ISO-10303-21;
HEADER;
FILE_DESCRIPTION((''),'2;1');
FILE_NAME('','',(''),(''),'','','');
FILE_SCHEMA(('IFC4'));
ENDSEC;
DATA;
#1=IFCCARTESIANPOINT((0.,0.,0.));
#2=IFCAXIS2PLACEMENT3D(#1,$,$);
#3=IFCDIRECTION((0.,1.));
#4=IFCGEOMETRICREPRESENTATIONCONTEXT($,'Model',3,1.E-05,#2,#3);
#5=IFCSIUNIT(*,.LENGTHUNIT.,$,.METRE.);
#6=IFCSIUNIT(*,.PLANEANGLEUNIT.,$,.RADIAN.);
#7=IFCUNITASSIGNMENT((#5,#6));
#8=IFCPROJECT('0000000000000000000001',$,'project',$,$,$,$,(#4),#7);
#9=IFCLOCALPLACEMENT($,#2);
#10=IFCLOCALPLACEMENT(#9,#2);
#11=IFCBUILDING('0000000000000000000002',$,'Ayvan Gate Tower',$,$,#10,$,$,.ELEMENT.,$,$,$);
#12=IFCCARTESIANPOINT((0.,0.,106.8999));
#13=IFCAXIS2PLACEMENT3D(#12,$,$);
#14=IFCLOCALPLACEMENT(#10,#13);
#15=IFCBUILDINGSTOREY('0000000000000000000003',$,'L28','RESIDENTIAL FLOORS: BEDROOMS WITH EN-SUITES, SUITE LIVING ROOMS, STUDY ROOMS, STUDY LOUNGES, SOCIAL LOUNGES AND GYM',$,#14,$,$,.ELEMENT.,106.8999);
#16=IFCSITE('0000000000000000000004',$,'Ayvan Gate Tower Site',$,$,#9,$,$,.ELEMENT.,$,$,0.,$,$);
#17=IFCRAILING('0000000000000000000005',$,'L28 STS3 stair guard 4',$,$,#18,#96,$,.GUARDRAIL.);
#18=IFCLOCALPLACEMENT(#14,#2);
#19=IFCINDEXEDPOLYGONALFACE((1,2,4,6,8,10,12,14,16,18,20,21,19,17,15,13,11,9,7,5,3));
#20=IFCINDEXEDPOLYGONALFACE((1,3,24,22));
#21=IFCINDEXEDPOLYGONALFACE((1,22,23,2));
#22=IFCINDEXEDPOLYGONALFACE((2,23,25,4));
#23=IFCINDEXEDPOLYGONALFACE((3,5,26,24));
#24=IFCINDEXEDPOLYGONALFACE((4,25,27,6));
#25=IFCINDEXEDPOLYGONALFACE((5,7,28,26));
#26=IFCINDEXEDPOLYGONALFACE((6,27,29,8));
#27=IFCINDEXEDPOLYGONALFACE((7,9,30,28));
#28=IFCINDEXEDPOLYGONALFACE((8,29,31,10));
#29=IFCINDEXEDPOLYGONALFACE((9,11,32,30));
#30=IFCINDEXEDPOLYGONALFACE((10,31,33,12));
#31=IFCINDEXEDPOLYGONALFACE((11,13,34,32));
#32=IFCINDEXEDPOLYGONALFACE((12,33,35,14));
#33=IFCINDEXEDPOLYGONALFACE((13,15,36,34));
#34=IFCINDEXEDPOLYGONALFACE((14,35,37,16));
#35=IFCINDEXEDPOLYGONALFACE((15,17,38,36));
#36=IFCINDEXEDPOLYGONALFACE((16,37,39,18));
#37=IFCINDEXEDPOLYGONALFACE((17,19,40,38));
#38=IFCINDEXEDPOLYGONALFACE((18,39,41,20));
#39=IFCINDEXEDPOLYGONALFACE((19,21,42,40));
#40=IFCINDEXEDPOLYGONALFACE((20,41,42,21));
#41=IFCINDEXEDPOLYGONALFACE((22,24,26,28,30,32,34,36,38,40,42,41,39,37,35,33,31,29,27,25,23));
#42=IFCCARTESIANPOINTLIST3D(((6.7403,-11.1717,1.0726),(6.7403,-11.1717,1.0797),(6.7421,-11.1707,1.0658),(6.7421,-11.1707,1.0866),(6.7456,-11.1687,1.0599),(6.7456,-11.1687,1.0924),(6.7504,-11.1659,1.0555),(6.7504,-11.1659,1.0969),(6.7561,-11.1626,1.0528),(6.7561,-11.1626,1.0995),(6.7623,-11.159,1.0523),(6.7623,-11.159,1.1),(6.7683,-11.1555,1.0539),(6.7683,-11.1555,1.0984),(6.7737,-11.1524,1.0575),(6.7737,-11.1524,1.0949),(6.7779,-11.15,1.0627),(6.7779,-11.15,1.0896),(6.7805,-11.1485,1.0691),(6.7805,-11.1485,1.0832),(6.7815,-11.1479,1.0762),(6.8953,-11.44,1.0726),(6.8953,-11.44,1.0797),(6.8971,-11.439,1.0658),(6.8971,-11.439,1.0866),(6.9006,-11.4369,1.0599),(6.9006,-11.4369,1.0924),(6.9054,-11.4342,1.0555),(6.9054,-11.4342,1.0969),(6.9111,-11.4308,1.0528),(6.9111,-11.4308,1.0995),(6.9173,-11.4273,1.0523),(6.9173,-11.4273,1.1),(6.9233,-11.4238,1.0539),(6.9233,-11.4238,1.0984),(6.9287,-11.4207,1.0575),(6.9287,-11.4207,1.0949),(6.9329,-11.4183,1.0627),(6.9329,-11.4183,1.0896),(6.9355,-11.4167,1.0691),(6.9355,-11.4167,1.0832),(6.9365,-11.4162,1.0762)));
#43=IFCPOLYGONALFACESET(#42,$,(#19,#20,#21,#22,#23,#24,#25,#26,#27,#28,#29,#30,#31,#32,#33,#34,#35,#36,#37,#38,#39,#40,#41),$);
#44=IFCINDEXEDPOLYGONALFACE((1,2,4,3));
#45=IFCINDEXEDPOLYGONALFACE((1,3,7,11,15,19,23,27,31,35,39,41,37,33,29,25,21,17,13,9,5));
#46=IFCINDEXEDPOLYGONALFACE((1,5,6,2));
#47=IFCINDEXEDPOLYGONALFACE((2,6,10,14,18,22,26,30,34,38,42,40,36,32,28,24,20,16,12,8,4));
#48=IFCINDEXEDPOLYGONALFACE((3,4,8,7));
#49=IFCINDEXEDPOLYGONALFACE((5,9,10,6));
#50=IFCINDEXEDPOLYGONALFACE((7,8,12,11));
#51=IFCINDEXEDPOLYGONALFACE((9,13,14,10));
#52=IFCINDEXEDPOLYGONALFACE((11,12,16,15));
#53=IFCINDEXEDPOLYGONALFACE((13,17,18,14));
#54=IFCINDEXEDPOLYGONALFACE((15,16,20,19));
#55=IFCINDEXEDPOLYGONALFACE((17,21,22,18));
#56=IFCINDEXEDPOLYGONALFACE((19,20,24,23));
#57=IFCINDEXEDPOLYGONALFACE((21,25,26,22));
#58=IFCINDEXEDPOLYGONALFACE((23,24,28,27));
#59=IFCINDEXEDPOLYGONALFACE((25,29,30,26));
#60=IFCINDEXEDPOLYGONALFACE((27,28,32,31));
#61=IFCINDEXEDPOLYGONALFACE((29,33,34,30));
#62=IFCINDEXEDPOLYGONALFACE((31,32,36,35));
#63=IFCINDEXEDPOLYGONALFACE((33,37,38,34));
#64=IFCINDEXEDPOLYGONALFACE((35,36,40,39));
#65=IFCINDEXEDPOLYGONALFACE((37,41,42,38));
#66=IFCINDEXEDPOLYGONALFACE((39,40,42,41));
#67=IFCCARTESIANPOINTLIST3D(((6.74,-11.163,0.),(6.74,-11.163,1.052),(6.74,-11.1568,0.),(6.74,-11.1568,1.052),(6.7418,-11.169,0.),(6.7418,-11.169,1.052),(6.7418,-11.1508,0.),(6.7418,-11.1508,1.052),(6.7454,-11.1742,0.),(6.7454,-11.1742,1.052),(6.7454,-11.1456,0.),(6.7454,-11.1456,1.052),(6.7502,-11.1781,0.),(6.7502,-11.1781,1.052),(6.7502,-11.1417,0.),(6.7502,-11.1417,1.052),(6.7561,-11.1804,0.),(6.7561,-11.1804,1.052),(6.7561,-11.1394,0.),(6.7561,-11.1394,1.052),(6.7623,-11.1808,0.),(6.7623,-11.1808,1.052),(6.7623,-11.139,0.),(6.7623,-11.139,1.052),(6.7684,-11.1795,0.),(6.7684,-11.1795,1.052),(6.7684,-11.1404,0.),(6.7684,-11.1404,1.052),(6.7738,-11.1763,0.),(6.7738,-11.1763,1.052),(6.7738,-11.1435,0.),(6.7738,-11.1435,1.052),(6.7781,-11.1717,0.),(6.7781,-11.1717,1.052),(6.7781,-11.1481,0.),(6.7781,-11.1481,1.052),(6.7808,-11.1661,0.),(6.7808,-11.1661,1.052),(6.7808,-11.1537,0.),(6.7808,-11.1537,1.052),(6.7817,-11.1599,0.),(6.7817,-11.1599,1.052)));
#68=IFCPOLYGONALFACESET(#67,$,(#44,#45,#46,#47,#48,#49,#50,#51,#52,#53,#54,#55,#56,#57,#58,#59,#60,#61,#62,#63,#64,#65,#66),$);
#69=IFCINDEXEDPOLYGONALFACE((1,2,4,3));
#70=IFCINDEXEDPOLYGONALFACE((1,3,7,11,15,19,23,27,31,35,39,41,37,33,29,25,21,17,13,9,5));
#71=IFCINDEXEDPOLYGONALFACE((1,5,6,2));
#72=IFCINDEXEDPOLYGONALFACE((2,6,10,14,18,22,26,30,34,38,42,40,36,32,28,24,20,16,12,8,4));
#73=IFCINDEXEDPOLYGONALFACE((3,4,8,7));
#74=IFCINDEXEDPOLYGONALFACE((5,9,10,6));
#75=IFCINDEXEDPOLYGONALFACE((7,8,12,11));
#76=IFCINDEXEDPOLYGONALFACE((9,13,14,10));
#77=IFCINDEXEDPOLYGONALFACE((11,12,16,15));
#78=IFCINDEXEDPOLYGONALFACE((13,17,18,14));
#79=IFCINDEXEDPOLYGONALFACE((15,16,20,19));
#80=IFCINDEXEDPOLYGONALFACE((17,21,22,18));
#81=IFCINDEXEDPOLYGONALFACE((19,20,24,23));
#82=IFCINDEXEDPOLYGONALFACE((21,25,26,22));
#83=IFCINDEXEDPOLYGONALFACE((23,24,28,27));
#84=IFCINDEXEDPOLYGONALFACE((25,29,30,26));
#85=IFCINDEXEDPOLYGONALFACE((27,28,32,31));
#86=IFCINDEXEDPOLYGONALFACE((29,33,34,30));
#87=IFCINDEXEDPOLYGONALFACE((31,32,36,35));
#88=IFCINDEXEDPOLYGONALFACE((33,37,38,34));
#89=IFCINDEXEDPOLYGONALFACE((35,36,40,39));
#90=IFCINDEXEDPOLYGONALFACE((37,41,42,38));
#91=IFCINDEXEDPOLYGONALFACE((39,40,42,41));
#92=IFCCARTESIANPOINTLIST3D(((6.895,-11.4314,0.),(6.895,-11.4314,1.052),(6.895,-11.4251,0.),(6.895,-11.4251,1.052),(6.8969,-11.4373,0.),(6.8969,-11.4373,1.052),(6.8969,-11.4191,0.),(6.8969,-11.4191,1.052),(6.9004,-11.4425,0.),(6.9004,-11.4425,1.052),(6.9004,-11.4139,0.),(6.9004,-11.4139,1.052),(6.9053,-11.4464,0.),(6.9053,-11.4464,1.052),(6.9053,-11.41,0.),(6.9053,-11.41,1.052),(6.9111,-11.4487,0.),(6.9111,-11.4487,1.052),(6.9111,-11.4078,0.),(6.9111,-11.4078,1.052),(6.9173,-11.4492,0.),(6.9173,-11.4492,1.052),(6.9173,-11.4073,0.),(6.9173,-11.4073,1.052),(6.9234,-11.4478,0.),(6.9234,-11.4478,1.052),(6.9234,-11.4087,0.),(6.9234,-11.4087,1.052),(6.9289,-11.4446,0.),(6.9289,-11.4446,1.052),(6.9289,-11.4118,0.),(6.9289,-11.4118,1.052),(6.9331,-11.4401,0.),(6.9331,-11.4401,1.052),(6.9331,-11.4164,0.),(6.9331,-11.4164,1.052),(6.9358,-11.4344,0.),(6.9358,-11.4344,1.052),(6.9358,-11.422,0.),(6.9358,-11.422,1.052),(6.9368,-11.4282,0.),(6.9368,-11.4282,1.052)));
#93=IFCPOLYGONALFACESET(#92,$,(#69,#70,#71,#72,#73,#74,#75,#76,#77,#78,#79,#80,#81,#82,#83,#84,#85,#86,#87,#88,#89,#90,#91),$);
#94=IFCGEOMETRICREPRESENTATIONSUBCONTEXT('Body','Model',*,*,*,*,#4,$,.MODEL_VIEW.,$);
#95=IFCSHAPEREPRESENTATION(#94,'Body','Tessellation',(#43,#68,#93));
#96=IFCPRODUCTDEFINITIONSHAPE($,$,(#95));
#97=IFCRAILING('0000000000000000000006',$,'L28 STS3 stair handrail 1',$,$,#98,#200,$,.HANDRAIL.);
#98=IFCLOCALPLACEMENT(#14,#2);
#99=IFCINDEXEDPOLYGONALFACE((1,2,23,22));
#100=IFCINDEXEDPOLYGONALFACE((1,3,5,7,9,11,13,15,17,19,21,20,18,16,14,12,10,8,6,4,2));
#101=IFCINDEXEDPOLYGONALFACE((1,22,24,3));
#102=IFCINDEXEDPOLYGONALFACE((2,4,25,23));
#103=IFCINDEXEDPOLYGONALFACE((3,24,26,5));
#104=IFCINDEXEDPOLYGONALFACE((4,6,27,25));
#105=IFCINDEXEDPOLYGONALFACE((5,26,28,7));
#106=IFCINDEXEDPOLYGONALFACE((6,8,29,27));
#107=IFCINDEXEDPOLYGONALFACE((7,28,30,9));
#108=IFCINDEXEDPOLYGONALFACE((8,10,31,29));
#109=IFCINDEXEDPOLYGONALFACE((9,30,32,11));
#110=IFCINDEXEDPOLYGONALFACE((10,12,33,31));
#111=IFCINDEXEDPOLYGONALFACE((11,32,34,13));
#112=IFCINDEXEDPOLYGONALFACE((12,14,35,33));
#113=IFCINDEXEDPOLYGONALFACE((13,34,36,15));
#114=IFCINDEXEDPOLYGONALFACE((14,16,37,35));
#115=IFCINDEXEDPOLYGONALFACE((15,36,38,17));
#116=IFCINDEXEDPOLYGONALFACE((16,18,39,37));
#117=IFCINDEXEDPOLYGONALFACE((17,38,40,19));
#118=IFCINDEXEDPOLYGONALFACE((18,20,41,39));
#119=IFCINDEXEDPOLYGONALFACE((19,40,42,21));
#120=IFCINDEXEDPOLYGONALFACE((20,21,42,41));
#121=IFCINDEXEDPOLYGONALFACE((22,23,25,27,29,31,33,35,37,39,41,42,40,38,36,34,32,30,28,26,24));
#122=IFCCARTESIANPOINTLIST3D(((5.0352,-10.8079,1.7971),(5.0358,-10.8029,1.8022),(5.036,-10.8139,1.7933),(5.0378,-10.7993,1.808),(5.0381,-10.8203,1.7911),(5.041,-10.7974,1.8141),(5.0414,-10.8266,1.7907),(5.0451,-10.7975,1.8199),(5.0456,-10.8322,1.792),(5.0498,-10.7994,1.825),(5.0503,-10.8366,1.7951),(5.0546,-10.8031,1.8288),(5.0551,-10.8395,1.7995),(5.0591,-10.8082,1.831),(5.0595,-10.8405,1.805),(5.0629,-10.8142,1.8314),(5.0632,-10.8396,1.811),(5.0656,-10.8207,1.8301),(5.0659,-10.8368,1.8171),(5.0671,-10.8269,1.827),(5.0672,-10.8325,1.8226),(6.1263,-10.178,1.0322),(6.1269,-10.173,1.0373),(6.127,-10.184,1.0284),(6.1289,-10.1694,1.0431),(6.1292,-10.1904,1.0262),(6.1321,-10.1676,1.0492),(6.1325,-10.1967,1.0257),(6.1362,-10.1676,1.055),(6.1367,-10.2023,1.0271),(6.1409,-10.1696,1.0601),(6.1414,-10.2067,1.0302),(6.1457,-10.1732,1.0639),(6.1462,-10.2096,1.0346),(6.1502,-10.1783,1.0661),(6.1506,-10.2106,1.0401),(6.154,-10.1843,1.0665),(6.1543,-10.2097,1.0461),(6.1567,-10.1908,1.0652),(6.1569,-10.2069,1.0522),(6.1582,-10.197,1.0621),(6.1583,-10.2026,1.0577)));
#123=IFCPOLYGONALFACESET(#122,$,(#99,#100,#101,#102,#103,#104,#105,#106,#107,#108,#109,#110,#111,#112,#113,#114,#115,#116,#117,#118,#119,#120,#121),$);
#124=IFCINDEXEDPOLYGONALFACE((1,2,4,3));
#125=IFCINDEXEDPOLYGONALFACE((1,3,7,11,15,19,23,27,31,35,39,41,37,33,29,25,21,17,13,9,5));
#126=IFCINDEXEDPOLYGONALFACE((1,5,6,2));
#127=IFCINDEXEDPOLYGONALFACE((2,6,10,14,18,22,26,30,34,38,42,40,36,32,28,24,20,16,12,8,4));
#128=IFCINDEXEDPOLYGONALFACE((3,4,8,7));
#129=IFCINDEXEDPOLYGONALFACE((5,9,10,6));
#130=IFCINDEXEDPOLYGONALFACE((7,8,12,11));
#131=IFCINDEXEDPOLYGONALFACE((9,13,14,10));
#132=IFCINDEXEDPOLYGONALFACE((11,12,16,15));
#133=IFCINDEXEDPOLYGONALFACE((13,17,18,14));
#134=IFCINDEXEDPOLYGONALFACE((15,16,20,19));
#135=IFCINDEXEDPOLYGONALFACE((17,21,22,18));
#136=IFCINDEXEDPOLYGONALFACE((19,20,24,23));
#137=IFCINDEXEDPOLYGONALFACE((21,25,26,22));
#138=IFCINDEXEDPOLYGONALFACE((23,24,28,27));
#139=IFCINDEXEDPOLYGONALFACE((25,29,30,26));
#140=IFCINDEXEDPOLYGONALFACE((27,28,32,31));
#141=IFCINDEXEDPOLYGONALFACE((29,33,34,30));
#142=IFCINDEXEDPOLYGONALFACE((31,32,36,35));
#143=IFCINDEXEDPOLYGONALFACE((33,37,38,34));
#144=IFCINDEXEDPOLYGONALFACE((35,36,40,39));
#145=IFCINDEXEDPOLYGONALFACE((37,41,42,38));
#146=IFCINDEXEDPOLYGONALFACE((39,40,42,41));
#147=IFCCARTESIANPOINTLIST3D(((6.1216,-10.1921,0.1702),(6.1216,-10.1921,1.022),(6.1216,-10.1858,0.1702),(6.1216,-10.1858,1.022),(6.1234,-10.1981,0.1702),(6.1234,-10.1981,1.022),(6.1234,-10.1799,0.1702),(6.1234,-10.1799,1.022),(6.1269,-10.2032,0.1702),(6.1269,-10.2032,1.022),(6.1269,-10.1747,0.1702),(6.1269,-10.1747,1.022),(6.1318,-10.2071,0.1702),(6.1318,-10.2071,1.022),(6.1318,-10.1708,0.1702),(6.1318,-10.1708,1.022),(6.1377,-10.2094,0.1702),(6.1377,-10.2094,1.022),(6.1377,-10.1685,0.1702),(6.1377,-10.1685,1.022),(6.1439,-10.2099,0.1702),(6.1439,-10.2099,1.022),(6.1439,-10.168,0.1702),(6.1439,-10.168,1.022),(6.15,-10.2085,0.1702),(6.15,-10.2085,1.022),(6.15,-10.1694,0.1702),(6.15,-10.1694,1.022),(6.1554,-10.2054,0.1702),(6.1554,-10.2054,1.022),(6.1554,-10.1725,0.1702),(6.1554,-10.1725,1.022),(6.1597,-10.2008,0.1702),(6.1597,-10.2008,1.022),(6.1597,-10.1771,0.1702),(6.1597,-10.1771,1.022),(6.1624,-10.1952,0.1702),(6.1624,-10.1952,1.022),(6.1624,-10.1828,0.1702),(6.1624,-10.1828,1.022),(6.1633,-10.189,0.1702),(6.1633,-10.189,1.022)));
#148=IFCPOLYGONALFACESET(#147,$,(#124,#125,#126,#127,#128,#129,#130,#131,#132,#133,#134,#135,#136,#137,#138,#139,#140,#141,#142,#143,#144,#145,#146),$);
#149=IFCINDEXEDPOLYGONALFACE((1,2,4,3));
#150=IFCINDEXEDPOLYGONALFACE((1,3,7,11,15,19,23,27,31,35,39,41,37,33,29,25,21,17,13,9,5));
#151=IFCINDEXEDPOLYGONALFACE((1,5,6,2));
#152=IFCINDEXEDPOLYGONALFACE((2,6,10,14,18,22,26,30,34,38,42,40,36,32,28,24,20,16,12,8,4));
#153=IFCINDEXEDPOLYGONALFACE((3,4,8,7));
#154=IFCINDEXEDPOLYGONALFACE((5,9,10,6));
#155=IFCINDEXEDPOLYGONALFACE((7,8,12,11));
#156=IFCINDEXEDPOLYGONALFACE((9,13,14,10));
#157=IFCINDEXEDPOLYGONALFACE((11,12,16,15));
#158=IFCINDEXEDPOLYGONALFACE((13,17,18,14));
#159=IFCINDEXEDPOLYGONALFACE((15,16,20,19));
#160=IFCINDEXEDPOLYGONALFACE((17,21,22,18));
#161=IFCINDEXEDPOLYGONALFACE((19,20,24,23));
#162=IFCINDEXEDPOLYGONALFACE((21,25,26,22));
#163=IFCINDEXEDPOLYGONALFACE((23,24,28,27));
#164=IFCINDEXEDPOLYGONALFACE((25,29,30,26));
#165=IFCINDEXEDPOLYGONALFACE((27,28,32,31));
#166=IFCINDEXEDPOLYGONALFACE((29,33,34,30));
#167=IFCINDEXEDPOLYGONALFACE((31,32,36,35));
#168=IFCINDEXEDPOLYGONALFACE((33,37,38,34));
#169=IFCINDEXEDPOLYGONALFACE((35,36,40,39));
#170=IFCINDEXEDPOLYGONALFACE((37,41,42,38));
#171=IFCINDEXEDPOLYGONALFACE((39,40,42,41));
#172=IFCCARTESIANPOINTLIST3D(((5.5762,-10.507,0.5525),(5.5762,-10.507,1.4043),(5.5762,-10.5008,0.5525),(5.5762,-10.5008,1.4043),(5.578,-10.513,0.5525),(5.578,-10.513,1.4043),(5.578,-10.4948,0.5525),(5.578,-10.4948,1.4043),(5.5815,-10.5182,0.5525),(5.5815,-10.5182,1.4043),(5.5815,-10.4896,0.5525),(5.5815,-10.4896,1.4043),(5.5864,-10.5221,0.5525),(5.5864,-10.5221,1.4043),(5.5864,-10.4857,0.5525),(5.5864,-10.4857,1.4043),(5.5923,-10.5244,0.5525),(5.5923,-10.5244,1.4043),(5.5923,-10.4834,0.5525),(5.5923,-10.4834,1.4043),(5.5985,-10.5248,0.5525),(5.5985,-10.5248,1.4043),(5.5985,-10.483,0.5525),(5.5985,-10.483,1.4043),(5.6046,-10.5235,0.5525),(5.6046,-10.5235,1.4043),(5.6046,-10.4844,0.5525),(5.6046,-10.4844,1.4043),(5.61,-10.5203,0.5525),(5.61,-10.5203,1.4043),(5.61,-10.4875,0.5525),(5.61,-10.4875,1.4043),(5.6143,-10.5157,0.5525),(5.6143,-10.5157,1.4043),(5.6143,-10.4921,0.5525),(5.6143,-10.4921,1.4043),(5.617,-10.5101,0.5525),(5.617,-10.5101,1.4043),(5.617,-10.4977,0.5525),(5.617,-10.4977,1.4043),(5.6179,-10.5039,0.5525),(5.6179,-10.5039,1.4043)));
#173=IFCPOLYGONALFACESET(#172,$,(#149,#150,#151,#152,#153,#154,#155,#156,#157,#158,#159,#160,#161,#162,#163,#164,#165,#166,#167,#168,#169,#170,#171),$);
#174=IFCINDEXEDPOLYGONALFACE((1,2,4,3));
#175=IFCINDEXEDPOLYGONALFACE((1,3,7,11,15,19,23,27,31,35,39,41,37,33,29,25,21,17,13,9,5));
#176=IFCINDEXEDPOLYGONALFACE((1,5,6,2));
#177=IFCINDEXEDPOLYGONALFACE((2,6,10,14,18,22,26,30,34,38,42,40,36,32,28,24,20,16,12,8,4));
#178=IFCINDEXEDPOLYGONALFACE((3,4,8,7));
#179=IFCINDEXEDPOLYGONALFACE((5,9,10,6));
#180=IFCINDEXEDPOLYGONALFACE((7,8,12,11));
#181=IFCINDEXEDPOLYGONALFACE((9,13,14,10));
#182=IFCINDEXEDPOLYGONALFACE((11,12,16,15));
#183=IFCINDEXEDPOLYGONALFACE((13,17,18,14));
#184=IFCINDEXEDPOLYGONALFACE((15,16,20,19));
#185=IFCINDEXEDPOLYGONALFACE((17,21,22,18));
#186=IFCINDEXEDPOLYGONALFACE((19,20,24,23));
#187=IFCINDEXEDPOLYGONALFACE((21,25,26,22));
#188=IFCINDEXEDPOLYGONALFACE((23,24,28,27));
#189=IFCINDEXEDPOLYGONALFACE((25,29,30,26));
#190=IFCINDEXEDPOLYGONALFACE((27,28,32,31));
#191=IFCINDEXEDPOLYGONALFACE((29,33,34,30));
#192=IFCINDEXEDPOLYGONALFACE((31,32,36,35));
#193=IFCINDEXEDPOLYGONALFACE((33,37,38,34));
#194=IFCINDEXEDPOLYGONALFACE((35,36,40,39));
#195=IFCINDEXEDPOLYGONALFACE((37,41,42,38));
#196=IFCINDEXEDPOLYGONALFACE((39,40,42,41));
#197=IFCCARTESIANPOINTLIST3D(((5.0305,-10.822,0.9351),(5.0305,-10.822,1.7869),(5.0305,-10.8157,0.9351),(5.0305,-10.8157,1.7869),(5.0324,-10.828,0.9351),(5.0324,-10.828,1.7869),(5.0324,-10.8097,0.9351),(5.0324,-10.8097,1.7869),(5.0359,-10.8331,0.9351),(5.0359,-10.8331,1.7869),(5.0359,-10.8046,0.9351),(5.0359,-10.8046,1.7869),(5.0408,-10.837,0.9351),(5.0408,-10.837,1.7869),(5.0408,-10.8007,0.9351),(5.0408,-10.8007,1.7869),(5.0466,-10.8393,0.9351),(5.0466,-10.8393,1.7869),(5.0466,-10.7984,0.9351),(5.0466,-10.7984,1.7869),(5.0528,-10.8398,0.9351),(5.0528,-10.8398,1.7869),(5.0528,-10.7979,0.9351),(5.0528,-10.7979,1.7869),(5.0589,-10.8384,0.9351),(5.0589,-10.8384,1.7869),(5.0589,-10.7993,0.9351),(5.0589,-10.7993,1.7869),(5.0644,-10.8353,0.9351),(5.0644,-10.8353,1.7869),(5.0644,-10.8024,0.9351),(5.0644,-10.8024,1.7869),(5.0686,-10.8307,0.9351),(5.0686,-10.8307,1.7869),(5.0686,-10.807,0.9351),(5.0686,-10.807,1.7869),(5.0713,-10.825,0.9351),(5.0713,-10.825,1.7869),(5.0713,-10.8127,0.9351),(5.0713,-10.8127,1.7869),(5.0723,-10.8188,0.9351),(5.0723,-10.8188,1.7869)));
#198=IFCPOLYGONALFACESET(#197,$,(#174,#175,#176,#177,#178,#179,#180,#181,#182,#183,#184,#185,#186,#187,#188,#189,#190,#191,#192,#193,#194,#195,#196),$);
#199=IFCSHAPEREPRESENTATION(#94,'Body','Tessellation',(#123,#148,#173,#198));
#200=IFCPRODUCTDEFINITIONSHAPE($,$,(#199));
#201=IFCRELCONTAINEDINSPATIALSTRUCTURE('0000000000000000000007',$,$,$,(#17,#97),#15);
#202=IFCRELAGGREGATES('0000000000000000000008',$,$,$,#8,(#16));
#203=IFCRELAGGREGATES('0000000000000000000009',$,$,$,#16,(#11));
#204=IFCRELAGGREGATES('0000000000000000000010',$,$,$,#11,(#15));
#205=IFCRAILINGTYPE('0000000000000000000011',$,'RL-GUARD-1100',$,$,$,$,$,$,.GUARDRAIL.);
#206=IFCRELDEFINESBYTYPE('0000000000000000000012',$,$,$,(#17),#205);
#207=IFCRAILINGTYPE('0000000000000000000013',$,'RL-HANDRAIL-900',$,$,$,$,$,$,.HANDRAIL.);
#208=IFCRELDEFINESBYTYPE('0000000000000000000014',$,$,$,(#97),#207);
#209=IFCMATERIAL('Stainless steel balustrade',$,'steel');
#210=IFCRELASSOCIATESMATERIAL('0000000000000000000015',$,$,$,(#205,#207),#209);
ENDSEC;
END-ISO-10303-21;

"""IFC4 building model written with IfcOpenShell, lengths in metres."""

from ifc_helpers import new_model, si_unit, direction, frame, origin, origin_2d, place, context, subcontext, project, spatial, circle, extrude, material, type_object, element, save


model = new_model("IFC4")

# Units and contexts
model_context = context("Model", 3, precision=1e-05, world=origin(), true_north=direction((0.0, 1.0)))
body_context = subcontext(model_context, "Body", "Model", "MODEL_VIEW")
ifc_project = project(units=[si_unit("LENGTHUNIT", "METRE"), si_unit("PLANEANGLEUNIT", "RADIAN")], contexts=[model_context])

# Site, building, storey
site_placement = place(None, origin())
site = spatial("IfcSite", under=ifc_project, at=site_placement, Name="Ayvan Gate Tower Site", CompositionType="ELEMENT", RefElevation=0.0)
building_placement = place(site_placement, origin())
building = spatial("IfcBuilding", under=site, at=building_placement, Name="Ayvan Gate Tower", CompositionType="ELEMENT")
storey_placement = place(building_placement, frame((0.0, 0.0, 106.8999)))
storey = spatial("IfcBuildingStorey", under=building, at=storey_placement, Name="L28", Description="RESIDENTIAL FLOORS: BEDROOMS WITH EN-SUITES, SUITE LIVING ROOMS, STUDY ROOMS, STUDY LOUNGES, SOCIAL LOUNGES AND GYM", CompositionType="ELEMENT", Elevation=106.8999)

# Railings
ifc_material_1 = material(Name="Stainless steel balustrade", Category="steel")
railing_type_1 = type_object("IfcRailingType", Name="RL-GUARD-1100", PredefinedType="GUARDRAIL", material=ifc_material_1)
railing_1_placement = place(storey_placement, frame((6.7607, -11.1599, 0.0)))
element("IfcRailing", 1, at=railing_1_placement, inside=storey, type_object=railing_type_1, Name="L28 STS3 stair guard 4", PredefinedType="GUARDRAIL", context=body_context, shape_type="SweptSolid", body=[
    extrude(circle(Radius=0.0239, at=origin_2d()), frame((0.0, 0.0, 1.0762), z_axis=(0.500291, -0.865857, 0.0), x_axis=(0.865857, 0.500291, 0.0)), (0.0, 0.0, 1.0), 0.3098),
    extrude(circle(Radius=0.021, at=origin_2d()), origin(), (0.0, 0.0, 1.0), 1.052),
    extrude(circle(Radius=0.021, at=origin_2d()), frame((0.155, -0.2683, 0.0)), (0.0, 0.0, 1.0), 1.052),
])
railing_type_2 = type_object("IfcRailingType", Name="RL-HANDRAIL-900", PredefinedType="HANDRAIL", material=ifc_material_1)
railing_2_placement = place(storey_placement, frame((6.1423, -10.189, 0.1702)))
element("IfcRailing", 2, at=railing_2_placement, inside=storey, type_object=railing_type_2, Name="L28 STS3 stair handrail 1", PredefinedType="HANDRAIL", context=body_context, shape_type="SweptSolid", body=[
    extrude(circle(Radius=0.0239, at=origin_2d()), frame((0.0, 0.0, 0.876), z_axis=(-0.740282, -0.427372, 0.518976), x_axis=(0.499974, -0.86604, 0.0)), (0.0, 0.0, 1.0), 1.4739),
    extrude(circle(Radius=0.021, at=origin_2d()), origin(), (0.0, 0.0, 1.0), 0.8518),
    extrude(circle(Radius=0.021, at=origin_2d()), frame((-0.5454, -0.3149, 0.3823)), (0.0, 0.0, 1.0), 0.8518),
    extrude(circle(Radius=0.021, at=origin_2d()), frame((-1.0911, -0.6299, 0.7649)), (0.0, 0.0, 1.0), 0.8518),
])

save(model, "model.ifc")
